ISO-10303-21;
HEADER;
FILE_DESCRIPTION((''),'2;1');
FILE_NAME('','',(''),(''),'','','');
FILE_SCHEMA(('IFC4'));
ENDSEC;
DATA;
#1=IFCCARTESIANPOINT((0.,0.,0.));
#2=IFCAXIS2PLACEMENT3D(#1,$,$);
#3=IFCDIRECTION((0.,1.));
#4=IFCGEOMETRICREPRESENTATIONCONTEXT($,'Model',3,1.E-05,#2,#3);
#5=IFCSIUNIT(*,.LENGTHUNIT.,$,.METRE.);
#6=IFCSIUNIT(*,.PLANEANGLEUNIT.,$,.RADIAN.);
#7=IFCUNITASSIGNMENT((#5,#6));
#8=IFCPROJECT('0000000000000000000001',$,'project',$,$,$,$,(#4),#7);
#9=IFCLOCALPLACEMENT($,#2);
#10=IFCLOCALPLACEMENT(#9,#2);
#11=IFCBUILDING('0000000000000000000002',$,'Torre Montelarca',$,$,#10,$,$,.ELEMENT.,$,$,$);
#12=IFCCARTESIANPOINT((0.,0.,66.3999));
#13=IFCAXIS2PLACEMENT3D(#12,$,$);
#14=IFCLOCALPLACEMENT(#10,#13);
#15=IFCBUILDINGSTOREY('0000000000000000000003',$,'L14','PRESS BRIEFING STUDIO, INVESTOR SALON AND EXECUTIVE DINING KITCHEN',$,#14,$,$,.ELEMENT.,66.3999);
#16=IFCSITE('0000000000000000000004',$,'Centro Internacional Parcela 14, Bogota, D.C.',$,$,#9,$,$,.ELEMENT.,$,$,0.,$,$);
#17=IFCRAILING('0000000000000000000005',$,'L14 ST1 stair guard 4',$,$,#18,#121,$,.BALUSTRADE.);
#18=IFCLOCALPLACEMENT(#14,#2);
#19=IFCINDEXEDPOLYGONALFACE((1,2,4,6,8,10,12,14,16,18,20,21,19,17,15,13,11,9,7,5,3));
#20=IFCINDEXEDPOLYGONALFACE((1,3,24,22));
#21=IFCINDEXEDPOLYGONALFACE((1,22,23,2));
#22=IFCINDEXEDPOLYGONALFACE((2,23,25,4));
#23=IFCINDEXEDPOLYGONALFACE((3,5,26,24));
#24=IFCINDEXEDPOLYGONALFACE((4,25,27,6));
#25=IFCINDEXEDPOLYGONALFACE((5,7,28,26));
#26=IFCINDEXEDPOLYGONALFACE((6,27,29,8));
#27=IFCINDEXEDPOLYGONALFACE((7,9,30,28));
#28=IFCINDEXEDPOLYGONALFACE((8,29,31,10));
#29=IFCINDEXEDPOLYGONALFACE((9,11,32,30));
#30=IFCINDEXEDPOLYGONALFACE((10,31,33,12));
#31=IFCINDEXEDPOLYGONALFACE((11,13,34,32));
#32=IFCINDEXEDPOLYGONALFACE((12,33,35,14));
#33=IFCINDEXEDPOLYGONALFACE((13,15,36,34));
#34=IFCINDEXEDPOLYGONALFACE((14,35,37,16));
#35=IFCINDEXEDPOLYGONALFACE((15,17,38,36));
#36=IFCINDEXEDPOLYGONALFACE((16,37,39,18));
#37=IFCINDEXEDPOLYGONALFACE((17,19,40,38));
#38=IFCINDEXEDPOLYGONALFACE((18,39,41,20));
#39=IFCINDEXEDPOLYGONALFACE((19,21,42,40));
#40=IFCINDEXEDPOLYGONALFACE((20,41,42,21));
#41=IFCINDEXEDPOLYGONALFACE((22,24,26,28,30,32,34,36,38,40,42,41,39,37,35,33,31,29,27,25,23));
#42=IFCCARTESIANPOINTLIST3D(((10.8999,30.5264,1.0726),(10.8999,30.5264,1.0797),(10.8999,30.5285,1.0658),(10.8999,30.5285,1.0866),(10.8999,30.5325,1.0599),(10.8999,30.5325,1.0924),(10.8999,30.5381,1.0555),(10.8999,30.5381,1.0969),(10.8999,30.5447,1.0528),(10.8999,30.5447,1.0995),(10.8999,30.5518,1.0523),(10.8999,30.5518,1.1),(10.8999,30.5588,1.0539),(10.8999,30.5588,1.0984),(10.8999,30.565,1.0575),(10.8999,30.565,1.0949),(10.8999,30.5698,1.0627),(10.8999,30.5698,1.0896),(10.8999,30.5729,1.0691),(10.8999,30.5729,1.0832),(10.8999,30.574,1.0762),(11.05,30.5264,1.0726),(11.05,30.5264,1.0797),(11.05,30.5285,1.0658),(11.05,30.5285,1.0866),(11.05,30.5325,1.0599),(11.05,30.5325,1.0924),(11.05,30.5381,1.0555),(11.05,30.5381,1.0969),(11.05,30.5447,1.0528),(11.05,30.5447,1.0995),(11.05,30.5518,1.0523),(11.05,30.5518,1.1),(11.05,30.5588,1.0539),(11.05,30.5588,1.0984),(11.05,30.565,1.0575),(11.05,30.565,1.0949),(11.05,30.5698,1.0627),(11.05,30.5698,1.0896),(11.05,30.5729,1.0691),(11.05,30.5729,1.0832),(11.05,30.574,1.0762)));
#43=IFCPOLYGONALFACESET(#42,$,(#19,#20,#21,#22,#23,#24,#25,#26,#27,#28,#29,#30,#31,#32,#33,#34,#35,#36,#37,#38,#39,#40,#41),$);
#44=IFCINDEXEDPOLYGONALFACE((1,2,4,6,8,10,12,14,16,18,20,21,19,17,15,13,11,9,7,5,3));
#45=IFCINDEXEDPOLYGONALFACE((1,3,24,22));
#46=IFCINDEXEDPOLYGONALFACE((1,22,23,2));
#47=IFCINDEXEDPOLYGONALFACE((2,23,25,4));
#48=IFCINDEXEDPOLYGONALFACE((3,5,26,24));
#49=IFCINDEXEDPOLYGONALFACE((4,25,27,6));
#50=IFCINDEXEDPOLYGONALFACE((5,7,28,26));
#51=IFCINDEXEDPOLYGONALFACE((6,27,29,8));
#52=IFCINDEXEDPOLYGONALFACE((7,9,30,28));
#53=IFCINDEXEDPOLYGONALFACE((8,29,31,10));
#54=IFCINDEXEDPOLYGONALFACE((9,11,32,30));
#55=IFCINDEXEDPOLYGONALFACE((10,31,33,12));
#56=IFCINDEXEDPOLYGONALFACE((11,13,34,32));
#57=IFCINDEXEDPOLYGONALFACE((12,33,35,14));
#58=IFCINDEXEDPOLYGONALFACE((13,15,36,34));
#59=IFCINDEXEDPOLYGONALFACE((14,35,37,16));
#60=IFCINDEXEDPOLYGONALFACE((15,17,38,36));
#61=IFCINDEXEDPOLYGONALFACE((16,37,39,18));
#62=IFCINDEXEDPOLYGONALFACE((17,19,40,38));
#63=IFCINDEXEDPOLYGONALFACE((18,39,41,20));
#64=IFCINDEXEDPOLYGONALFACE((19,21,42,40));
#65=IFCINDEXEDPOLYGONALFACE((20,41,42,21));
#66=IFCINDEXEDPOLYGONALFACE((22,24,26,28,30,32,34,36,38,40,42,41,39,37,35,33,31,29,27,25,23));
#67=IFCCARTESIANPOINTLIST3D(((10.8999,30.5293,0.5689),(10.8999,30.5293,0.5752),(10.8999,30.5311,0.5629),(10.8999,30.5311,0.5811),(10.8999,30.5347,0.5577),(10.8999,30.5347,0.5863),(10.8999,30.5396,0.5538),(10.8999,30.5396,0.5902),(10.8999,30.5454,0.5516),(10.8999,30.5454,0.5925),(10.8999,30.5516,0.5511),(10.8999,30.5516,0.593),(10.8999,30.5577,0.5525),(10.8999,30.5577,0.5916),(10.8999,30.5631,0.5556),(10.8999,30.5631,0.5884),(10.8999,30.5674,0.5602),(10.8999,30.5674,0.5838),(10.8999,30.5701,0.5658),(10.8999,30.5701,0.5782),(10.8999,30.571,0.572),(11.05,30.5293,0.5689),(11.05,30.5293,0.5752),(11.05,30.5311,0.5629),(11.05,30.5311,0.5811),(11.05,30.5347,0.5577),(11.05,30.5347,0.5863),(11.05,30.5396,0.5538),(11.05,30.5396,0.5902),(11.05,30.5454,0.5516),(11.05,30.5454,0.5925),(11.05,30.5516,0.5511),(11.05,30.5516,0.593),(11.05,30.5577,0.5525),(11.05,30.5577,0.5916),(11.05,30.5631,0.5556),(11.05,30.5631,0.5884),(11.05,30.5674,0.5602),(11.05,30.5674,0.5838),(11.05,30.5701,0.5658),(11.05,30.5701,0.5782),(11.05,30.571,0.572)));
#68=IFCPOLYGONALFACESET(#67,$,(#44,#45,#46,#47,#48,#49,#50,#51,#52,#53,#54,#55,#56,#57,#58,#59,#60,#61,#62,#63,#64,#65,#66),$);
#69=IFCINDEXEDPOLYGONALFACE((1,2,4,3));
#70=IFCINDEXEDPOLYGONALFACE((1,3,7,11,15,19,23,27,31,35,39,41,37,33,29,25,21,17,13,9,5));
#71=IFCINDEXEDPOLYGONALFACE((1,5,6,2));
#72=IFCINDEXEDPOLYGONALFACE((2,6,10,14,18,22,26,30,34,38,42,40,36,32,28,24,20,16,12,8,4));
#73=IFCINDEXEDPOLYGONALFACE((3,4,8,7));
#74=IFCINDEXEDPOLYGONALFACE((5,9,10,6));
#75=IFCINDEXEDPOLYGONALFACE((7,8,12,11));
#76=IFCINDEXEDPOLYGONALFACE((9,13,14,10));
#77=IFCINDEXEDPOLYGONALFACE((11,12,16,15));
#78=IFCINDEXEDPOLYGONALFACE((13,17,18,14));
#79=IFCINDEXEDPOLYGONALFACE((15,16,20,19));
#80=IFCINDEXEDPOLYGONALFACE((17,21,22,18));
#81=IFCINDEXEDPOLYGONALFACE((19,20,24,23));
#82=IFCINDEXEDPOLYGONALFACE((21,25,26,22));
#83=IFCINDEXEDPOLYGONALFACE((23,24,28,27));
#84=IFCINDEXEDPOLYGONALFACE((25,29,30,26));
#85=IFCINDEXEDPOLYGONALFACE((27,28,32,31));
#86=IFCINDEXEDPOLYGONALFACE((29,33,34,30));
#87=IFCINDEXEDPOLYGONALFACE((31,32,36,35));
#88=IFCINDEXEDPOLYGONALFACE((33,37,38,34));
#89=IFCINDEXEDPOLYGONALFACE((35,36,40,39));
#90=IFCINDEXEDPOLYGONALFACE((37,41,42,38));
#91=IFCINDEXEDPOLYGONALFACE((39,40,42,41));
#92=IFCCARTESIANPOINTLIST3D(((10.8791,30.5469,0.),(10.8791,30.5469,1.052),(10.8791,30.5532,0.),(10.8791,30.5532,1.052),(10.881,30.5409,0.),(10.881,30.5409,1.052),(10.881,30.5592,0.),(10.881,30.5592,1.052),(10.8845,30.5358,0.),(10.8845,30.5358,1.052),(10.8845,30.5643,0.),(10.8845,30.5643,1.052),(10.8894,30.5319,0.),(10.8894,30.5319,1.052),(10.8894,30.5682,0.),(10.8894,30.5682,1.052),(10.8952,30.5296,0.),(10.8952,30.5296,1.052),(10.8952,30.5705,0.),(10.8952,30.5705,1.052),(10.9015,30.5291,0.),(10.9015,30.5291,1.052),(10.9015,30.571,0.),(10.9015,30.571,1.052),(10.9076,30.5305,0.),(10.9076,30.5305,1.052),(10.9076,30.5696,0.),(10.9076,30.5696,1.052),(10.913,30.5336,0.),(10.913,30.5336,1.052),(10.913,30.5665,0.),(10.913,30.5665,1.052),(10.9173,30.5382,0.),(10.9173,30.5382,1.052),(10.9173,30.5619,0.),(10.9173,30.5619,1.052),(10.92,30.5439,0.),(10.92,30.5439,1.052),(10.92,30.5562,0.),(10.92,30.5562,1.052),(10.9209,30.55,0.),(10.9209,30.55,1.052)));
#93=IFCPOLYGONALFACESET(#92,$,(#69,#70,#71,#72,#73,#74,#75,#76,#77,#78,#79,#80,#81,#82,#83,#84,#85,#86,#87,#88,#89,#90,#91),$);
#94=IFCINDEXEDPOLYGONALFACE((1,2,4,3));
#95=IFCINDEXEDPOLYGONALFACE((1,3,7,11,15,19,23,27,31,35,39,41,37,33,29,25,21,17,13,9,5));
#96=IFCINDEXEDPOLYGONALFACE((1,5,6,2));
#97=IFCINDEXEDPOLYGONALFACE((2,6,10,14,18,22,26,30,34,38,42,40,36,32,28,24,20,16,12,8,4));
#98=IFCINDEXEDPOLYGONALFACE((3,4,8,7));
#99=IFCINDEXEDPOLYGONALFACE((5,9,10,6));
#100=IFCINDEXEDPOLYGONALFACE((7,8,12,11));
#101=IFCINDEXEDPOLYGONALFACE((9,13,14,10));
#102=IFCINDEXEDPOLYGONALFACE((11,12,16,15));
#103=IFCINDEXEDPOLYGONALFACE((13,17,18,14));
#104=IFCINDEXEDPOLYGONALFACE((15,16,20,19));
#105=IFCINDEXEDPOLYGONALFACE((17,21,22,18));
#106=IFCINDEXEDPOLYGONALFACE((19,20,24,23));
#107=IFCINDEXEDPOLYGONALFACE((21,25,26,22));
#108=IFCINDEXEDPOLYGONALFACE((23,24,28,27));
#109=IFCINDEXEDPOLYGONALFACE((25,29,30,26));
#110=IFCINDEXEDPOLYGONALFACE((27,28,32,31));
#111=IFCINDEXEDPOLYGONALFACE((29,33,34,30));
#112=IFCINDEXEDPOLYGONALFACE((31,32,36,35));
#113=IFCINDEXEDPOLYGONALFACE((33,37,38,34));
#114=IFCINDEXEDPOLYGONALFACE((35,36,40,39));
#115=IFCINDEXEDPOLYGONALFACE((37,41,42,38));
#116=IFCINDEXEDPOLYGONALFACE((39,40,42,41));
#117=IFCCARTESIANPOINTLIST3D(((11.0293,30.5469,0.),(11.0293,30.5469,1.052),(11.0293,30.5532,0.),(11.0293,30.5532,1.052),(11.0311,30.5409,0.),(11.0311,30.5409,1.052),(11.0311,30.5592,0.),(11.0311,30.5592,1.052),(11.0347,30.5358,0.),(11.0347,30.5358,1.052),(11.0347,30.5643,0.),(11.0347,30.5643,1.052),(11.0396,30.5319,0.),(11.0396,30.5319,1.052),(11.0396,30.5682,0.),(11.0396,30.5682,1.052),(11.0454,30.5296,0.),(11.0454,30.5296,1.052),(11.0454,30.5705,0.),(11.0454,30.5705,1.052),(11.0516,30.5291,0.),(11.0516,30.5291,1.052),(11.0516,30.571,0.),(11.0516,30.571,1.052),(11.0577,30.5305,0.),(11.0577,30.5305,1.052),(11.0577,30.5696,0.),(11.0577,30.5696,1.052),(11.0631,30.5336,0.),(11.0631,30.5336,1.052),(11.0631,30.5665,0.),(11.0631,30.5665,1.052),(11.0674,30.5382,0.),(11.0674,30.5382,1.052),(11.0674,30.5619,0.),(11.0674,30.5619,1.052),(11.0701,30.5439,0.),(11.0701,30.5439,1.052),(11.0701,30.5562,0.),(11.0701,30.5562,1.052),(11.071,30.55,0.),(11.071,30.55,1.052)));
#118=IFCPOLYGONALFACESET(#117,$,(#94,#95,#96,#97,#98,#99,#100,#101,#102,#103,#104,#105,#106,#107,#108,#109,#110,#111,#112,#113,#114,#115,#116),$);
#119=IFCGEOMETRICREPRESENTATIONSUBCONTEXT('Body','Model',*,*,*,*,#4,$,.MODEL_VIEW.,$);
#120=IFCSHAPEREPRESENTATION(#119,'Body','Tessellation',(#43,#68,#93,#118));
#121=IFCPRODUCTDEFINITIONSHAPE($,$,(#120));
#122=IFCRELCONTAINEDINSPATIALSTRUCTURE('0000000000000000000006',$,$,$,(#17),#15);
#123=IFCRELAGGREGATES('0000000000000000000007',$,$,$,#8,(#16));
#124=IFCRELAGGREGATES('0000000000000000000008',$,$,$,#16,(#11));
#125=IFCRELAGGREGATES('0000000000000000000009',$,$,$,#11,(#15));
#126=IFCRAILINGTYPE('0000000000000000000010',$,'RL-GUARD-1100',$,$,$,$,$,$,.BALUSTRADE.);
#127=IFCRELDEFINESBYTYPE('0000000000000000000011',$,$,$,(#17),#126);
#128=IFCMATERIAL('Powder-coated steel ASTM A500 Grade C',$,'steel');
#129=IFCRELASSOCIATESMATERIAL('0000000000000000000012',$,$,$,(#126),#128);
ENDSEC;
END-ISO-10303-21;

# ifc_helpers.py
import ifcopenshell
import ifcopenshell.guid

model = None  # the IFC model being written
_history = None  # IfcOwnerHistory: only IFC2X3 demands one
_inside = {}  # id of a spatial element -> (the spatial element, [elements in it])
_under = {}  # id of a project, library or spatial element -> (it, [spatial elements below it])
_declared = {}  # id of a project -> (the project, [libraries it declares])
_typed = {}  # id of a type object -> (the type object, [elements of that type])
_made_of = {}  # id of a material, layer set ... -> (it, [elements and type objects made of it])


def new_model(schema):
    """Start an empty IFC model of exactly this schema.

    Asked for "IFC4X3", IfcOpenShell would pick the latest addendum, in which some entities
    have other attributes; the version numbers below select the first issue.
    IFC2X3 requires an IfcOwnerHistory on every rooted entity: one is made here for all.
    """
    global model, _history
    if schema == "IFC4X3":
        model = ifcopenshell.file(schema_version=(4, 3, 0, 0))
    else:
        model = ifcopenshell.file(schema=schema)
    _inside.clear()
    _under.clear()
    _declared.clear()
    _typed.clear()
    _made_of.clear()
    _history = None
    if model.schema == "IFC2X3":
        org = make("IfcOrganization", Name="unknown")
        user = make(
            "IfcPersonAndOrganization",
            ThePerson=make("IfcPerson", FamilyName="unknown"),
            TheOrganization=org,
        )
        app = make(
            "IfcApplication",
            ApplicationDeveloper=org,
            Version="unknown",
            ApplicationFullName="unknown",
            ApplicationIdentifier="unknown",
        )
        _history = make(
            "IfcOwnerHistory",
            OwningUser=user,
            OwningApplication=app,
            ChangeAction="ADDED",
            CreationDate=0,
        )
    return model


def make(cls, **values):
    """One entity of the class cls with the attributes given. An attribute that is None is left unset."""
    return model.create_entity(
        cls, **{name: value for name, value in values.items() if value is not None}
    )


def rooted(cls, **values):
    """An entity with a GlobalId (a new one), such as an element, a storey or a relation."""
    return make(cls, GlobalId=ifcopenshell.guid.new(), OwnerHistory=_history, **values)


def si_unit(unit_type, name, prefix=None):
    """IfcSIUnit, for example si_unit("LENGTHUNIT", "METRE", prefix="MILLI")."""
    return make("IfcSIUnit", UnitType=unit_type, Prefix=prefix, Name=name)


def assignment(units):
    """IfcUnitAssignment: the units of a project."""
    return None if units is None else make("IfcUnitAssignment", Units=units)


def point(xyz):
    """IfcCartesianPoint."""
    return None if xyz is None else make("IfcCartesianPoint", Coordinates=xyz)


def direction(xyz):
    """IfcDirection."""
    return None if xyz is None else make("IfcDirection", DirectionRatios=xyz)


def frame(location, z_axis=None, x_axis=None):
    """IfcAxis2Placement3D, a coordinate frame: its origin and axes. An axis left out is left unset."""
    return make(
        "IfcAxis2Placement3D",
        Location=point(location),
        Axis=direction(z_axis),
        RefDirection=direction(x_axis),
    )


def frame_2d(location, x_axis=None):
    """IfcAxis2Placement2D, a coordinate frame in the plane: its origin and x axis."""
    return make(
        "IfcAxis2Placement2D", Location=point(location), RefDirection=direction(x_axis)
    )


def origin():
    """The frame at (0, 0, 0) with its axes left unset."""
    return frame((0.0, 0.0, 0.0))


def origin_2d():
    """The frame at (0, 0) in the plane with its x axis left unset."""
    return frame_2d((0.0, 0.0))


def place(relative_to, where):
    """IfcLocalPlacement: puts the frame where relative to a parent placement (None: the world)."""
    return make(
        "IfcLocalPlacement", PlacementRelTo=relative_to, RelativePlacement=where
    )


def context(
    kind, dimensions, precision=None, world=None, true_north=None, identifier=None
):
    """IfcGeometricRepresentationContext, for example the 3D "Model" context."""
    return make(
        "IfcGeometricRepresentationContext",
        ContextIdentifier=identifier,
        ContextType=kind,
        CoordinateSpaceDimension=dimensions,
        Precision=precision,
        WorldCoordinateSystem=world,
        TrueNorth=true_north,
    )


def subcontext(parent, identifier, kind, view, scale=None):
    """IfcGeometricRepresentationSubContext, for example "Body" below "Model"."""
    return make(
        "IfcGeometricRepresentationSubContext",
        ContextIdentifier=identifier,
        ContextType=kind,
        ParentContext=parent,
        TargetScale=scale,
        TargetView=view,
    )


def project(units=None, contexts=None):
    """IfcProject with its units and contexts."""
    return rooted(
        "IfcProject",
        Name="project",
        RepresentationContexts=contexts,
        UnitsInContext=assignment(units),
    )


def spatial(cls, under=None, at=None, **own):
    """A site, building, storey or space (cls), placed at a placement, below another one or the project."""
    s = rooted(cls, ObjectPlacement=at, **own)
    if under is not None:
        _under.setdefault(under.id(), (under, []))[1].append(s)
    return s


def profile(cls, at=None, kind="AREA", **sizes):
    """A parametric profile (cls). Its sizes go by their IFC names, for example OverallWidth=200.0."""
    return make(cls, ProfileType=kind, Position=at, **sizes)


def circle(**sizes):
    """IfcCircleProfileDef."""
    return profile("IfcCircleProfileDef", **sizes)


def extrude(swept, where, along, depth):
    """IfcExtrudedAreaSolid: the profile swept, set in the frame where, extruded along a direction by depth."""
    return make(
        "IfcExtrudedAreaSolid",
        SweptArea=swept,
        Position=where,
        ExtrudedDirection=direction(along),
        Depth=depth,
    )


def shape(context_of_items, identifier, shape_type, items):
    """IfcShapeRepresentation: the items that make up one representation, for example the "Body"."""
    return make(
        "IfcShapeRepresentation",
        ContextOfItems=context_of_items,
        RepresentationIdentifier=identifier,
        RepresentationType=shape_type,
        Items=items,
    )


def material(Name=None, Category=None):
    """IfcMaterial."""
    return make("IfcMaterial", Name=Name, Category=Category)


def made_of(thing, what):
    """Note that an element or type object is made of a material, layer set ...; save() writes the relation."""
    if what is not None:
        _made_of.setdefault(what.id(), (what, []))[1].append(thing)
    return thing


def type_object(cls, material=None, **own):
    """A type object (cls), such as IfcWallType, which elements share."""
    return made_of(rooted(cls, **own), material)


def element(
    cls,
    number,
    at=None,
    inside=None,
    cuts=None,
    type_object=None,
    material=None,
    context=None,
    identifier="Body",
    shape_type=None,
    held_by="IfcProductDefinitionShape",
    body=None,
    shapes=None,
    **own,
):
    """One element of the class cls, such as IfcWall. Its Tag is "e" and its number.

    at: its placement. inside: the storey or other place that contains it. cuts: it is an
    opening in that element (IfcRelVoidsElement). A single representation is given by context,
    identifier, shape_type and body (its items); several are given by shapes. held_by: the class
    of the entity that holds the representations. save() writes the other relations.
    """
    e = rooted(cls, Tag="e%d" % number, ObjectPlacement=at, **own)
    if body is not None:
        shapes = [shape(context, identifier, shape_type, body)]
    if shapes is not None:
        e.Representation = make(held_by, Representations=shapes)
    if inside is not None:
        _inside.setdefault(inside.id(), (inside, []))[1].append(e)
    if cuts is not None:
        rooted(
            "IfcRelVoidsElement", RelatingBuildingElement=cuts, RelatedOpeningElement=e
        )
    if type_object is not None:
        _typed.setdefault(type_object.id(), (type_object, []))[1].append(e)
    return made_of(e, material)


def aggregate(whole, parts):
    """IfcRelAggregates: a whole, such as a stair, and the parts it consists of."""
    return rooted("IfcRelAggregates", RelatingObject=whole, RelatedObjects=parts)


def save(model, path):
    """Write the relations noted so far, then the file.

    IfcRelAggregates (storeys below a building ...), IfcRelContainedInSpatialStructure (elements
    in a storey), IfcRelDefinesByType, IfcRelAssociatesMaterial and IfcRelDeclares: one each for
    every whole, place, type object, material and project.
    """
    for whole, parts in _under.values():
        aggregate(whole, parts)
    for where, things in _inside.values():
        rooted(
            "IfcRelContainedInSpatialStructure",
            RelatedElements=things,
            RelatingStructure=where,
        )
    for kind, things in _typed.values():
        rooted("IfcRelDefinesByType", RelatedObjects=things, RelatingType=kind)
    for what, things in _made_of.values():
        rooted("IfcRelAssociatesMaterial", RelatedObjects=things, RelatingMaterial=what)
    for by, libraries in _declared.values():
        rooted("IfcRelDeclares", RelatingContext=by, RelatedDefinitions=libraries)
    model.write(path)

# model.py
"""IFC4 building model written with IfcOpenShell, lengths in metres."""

from ifc_helpers import new_model, si_unit, direction, frame, origin, origin_2d, place, context, subcontext, project, spatial, circle, extrude, material, type_object, element, save


model = new_model("IFC4")

# Units and contexts
model_context = context("Model", 3, precision=1e-05, world=origin(), true_north=direction((0.0, 1.0)))
body_context = subcontext(model_context, "Body", "Model", "MODEL_VIEW")
ifc_project = project(units=[si_unit("LENGTHUNIT", "METRE"), si_unit("PLANEANGLEUNIT", "RADIAN")], contexts=[model_context])

# Site, building, storey
site_placement = place(None, origin())
site = spatial("IfcSite", under=ifc_project, at=site_placement, Name="Centro Internacional Parcela 14, Bogota, D.C.", CompositionType="ELEMENT", RefElevation=0.0)
building_placement = place(site_placement, origin())
building = spatial("IfcBuilding", under=site, at=building_placement, Name="Torre Montelarca", CompositionType="ELEMENT")
storey_placement = place(building_placement, frame((0.0, 0.0, 66.3999)))
storey = spatial("IfcBuildingStorey", under=building, at=storey_placement, Name="L14", Description="PRESS BRIEFING STUDIO, INVESTOR SALON AND EXECUTIVE DINING KITCHEN", CompositionType="ELEMENT", Elevation=66.3999)

# Railing
ifc_material_1 = material(Name="Powder-coated steel ASTM A500 Grade C", Category="steel")
railing_type_1 = type_object("IfcRailingType", Name="RL-GUARD-1100", PredefinedType="BALUSTRADE", material=ifc_material_1)
railing_1_placement = place(storey_placement, frame((10.8999, 30.55, 0.0)))
element("IfcRailing", 1, at=railing_1_placement, inside=storey, type_object=railing_type_1, Name="L14 ST1 stair guard 4", PredefinedType="BALUSTRADE", context=body_context, shape_type="SweptSolid", body=[
    extrude(circle(Radius=0.0239, at=origin_2d()), frame((0.0, 0.0, 1.0762), z_axis=(1.0, 0.0, 0.0), x_axis=(0.0, 1.0, 0.0)), (0.0, 0.0, 1.0), 0.1501),
    extrude(circle(Radius=0.021, at=origin_2d()), frame((0.0, 0.0, 0.572), z_axis=(1.0, 0.0, 0.0), x_axis=(0.0, 1.0, 0.0)), (0.0, 0.0, 1.0), 0.1501),
    extrude(circle(Radius=0.021, at=origin_2d()), origin(), (0.0, 0.0, 1.0), 1.052),
    extrude(circle(Radius=0.021, at=origin_2d()), frame((0.1501, 0.0, 0.0)), (0.0, 0.0, 1.0), 1.052),
])

save(model, "model.ifc")
